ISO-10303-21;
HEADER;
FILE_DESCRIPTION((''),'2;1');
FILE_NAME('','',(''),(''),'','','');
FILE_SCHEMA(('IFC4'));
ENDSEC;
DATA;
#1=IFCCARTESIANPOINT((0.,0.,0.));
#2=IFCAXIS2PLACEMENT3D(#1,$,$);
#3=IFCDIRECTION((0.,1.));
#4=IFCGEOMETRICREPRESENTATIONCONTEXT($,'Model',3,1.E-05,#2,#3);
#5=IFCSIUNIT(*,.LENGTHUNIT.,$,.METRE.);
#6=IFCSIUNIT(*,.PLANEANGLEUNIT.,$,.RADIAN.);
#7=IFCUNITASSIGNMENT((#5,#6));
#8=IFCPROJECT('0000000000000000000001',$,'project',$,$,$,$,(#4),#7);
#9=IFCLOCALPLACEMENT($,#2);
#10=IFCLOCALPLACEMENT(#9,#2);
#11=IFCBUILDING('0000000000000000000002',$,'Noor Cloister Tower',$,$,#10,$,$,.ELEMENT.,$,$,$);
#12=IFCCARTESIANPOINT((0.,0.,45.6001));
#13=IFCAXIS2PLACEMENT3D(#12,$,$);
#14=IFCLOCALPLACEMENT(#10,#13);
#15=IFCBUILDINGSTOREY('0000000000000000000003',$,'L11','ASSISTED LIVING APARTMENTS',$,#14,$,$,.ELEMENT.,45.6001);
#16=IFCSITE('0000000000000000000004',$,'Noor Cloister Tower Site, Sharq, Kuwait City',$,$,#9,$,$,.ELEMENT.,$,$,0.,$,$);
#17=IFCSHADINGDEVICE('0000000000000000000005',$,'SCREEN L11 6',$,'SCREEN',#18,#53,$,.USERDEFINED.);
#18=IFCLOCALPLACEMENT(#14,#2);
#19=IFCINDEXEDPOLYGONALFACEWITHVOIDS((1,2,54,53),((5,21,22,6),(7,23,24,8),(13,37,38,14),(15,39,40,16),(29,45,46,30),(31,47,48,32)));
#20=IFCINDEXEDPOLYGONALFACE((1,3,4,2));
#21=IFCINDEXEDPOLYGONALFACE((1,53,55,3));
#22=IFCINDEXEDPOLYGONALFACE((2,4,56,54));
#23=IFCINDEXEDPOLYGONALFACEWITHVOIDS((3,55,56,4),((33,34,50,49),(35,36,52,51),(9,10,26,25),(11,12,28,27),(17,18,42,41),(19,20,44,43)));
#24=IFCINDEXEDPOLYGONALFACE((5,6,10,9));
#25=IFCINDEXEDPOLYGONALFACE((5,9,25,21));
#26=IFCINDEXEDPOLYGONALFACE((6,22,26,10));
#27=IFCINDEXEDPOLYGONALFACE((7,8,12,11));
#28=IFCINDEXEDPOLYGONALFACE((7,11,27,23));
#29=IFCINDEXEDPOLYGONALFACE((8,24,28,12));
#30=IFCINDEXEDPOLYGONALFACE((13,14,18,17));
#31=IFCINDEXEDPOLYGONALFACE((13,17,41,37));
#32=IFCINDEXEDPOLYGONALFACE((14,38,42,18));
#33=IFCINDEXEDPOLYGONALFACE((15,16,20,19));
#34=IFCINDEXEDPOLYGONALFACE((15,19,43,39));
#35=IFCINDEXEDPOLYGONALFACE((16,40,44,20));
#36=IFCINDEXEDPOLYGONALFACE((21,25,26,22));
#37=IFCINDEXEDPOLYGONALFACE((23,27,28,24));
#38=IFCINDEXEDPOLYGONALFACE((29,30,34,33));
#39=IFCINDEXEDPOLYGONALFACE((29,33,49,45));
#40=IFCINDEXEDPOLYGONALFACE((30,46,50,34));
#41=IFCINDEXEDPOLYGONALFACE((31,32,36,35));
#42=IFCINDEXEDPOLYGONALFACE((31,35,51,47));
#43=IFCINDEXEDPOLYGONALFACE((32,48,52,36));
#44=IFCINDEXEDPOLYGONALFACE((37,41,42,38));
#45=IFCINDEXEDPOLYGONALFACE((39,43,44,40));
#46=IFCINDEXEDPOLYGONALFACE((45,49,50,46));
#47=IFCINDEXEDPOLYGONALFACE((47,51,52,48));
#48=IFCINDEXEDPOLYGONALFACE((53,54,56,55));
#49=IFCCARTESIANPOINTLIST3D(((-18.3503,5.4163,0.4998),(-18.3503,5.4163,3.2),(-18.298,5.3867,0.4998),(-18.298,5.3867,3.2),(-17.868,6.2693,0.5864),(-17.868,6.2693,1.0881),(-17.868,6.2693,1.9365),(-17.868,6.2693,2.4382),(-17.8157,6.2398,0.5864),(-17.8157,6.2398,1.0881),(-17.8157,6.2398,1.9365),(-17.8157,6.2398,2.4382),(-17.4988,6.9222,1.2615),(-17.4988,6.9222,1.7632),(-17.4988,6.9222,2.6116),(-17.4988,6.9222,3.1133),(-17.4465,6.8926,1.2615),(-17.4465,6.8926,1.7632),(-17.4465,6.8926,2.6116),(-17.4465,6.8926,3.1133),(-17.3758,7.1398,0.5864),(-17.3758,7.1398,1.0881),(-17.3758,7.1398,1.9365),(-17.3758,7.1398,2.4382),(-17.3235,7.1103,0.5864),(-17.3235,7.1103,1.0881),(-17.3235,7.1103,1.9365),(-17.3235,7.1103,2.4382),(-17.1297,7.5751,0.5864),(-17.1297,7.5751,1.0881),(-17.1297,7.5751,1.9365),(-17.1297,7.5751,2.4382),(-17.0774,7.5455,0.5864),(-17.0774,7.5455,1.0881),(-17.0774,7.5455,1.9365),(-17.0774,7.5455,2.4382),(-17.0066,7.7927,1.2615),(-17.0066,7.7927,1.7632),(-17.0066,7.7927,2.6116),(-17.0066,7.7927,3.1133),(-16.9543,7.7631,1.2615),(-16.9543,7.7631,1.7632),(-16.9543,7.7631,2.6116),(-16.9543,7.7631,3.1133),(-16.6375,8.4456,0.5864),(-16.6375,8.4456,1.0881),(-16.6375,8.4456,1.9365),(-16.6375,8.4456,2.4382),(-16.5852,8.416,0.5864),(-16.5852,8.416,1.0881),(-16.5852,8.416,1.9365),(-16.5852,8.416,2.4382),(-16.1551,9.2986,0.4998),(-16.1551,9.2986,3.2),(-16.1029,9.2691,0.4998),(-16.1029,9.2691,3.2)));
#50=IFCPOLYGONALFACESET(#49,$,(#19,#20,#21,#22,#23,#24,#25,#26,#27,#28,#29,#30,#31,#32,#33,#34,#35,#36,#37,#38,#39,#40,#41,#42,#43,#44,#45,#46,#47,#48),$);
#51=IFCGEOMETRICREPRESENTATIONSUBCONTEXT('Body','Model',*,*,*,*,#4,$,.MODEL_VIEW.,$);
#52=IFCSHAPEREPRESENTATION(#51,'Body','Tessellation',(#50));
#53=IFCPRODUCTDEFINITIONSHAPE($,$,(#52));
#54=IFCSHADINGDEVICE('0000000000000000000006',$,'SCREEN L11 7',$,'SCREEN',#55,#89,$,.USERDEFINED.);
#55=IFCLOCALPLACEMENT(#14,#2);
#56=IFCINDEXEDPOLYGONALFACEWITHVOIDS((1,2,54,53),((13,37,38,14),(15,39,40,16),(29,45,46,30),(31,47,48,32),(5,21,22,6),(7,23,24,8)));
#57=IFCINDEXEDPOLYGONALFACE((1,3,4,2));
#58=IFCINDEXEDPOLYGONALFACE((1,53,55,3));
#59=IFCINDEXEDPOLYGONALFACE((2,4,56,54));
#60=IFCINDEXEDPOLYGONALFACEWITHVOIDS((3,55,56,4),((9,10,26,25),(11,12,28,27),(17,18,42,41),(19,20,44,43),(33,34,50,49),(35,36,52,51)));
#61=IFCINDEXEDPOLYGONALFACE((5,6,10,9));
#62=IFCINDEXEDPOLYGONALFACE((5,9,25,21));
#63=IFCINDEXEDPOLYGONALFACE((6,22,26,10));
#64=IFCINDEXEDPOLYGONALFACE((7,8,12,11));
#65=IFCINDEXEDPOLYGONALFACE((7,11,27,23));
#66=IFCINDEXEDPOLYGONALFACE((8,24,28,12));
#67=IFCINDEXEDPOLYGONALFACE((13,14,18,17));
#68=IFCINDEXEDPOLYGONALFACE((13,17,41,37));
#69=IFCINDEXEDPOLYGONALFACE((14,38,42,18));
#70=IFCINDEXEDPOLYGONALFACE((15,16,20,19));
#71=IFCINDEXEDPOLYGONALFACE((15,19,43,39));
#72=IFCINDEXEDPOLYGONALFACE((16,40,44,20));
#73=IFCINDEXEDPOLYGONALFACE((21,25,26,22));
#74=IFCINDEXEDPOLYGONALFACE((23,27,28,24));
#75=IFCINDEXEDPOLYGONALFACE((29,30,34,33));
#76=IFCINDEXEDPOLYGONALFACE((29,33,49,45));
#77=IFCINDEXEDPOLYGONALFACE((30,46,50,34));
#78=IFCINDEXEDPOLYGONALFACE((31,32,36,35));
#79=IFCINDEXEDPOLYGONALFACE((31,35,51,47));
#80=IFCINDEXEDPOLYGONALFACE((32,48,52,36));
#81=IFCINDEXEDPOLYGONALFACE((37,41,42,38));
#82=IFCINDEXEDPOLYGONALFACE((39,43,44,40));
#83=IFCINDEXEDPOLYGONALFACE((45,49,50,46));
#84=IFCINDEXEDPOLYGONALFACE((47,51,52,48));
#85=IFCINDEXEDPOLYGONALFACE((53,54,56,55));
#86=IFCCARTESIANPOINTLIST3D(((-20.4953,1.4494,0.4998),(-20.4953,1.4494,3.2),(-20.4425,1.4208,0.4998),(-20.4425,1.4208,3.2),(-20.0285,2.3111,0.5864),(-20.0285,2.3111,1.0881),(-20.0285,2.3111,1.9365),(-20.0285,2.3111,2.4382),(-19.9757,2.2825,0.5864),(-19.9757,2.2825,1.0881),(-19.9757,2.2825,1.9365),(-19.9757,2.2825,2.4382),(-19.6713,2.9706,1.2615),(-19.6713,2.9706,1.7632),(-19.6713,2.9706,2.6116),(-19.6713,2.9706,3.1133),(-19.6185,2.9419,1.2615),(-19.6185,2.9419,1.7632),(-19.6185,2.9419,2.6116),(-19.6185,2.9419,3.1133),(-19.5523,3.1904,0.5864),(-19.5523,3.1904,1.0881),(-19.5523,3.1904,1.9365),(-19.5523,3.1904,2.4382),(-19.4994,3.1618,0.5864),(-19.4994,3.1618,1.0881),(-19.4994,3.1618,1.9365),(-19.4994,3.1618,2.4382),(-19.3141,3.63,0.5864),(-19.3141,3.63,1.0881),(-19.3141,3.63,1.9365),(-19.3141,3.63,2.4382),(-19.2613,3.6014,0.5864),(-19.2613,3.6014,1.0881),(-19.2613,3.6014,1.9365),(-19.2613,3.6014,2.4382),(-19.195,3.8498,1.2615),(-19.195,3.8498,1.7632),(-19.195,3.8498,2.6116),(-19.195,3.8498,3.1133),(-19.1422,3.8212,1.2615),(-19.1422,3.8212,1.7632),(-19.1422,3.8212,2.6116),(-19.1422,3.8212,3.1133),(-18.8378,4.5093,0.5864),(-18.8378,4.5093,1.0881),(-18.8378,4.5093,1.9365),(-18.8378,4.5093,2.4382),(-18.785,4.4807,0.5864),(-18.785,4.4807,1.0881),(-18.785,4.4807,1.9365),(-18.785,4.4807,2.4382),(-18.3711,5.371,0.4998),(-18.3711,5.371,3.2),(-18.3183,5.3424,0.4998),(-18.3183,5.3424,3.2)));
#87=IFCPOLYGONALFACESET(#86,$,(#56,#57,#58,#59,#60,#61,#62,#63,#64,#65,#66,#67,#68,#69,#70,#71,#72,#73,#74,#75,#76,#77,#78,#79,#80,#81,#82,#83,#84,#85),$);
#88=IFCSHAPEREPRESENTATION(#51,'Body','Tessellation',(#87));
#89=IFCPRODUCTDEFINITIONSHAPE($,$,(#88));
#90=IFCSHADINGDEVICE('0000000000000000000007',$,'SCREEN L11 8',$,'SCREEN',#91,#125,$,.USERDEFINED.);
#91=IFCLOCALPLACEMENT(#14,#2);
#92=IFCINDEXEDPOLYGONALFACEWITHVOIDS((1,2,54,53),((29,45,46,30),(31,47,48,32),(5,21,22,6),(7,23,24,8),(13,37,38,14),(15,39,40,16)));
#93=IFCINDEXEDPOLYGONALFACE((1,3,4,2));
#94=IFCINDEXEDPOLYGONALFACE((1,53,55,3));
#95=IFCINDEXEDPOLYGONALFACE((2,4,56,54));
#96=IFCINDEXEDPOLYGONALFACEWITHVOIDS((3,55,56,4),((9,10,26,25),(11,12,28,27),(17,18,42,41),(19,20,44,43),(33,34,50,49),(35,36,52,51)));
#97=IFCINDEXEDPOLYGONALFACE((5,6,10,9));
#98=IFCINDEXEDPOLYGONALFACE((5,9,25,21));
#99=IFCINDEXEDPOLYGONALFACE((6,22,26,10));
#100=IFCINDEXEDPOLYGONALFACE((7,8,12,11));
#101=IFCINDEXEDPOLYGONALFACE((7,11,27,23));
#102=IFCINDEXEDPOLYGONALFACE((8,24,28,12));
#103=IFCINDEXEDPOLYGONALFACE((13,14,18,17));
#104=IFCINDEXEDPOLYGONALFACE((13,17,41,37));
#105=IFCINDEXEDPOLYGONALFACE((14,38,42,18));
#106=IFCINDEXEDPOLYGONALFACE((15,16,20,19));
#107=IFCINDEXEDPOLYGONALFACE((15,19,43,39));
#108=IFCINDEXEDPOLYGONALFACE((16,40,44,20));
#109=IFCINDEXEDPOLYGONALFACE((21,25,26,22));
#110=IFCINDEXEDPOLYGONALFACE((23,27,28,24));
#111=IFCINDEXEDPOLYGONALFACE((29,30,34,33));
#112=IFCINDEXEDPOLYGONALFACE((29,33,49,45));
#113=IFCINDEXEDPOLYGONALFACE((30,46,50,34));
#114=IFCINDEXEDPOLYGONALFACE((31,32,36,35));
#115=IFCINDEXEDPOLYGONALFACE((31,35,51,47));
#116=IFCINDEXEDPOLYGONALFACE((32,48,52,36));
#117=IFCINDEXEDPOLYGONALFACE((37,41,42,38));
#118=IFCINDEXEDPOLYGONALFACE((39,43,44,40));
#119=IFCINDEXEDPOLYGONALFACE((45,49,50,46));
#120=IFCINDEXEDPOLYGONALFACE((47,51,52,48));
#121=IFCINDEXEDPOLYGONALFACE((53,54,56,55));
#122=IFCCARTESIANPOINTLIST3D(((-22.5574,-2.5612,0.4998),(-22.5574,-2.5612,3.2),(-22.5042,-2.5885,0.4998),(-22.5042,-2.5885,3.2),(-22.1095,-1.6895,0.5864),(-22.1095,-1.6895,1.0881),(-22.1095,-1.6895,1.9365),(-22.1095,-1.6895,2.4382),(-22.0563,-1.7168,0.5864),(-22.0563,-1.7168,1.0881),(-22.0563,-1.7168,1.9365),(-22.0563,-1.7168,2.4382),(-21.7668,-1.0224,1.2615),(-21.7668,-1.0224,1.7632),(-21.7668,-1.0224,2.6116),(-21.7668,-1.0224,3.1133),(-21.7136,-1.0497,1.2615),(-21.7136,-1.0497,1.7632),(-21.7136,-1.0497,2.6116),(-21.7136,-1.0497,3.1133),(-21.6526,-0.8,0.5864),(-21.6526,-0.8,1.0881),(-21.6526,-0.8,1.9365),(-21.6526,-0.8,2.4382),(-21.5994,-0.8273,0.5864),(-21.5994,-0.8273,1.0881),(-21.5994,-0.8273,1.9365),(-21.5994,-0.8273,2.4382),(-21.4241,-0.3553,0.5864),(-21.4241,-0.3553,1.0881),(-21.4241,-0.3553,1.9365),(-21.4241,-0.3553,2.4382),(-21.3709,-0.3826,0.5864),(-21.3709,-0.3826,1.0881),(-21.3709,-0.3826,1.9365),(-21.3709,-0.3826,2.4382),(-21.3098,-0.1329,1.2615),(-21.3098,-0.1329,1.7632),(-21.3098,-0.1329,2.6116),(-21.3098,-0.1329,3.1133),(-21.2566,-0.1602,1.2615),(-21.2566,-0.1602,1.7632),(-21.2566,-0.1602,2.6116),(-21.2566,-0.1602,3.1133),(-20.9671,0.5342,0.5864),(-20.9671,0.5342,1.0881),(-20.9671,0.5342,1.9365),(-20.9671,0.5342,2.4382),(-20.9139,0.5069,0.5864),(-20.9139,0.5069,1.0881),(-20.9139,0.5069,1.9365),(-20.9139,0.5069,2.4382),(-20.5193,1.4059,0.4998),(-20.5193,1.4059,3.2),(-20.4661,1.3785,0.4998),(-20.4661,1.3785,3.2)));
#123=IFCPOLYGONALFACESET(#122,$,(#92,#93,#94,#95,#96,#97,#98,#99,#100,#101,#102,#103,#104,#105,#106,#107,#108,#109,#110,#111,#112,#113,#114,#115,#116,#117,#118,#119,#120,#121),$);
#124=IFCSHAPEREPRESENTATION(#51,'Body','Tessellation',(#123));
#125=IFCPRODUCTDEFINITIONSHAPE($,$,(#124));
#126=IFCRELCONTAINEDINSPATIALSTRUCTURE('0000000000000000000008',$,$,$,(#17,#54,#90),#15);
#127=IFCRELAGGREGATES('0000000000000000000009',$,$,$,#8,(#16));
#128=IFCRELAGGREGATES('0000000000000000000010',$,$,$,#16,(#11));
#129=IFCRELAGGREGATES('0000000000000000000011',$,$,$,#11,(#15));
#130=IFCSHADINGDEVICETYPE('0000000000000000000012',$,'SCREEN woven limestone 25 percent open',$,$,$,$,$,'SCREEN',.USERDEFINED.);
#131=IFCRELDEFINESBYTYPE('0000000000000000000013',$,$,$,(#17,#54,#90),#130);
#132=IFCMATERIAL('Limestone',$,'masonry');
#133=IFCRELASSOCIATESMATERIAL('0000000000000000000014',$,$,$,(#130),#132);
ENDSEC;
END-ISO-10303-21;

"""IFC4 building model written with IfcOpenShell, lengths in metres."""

from ifc_helpers import new_model, si_unit, direction, frame, origin, place, context, subcontext, project, spatial, polyline, outline, extrude, material, material_profile, profile_set, type_object, element, save


model = new_model("IFC4")

# Units and contexts
model_context = context("Model", 3, precision=1e-05, world=origin(), true_north=direction((0.0, 1.0)))
body_context = subcontext(model_context, "Body", "Model", "MODEL_VIEW")
ifc_project = project(units=[si_unit("LENGTHUNIT", "METRE"), si_unit("PLANEANGLEUNIT", "RADIAN")], contexts=[model_context])

# Site, building, storey
site_placement = place(None, origin())
site = spatial("IfcSite", under=ifc_project, at=site_placement, Name="Noor Cloister Tower Site, Sharq, Kuwait City", CompositionType="ELEMENT", RefElevation=0.0)
building_placement = place(site_placement, origin())
building = spatial("IfcBuilding", under=site, at=building_placement, Name="Noor Cloister Tower", CompositionType="ELEMENT")
storey_placement = place(building_placement, frame((0.0, 0.0, 45.6001)))
storey = spatial("IfcBuildingStorey", under=building, at=storey_placement, Name="L11", Description="ASSISTED LIVING APARTMENTS", CompositionType="ELEMENT", Elevation=45.6001)

# Shading devices
ifc_material_1 = material(Name="Limestone", Category="masonry")
ifc_material_profile_1 = material_profile(ifc_material_1, outline(polyline([(-2.23, -1.3501), (2.23, -1.3501), (2.23, 1.3501), (-2.23, 1.3501), (-2.23, -1.3501)]), holes=[polyline([(-1.25, -1.2634), (-0.25, -1.2634), (-0.25, -0.7617), (-1.25, -0.7617), (-1.25, -1.2634)]), polyline([(0.25, -1.2634), (1.25, -1.2634), (1.25, -0.7617), (0.25, -0.7617), (0.25, -1.2634)]), polyline([(-0.5, -0.5884), (0.5, -0.5884), (0.5, -0.0867), (-0.5, -0.0867), (-0.5, -0.5884)]), polyline([(-1.25, 0.0867), (-0.25, 0.0867), (-0.25, 0.5884), (-1.25, 0.5884), (-1.25, 0.0867)]), polyline([(0.25, 0.0867), (1.25, 0.0867), (1.25, 0.5884), (0.25, 0.5884), (0.25, 0.0867)]), polyline([(-0.5, 0.7617), (0.5, 0.7617), (0.5, 1.2634), (-0.5, 1.2634), (-0.5, 0.7617)])]), Name="Woven screen 25 percent open")
ifc_profile_set_1 = profile_set([ifc_material_profile_1], Name="Limestone")
shading_device_type = type_object("IfcShadingDeviceType", Name="SCREEN woven limestone 25 percent open", ElementType="SCREEN", PredefinedType="USERDEFINED", material=ifc_profile_set_1)
for number, where, z_axis, x_axis, name in (
    (1, (-17.2004, 7.3279, 1.8499), (-0.870487, 0.492191, 0.0), (-0.492191, -0.870487, 0.0), "SCREEN L11 6"),
    (2, (-19.3804, 3.3816, 1.8499), (-0.879292, 0.476283, 0.0), (-0.476283, -0.879292, 0.0), "SCREEN L11 7"),
):
    element("IfcShadingDevice", number, at=place(storey_placement, frame(where, z_axis=z_axis, x_axis=x_axis)), inside=storey, type_object=shading_device_type, Name=name, ObjectType="SCREEN", PredefinedType="USERDEFINED", context=body_context, shape_type="SweptSolid", body=[
        extrude(outline(polyline([(-2.23, -1.3501), (2.23, -1.3501), (2.23, 1.3501), (-2.23, 1.3501), (-2.23, -1.3501)]), holes=[polyline([(-1.25, -1.2634), (-0.25, -1.2634), (-0.25, -0.7617), (-1.25, -0.7617), (-1.25, -1.2634)]), polyline([(0.25, -1.2634), (1.25, -1.2634), (1.25, -0.7617), (0.25, -0.7617), (0.25, -1.2634)]), polyline([(-0.5, -0.5884), (0.5, -0.5884), (0.5, -0.0867), (-0.5, -0.0867), (-0.5, -0.5884)]), polyline([(-1.25, 0.0867), (-0.25, 0.0867), (-0.25, 0.5884), (-1.25, 0.5884), (-1.25, 0.0867)]), polyline([(0.25, 0.0867), (1.25, 0.0867), (1.25, 0.5884), (0.25, 0.5884), (0.25, 0.0867)]), polyline([(-0.5, 0.7617), (0.5, 0.7617), (0.5, 1.2634), (-0.5, 1.2634), (-0.5, 0.7617)])]), origin(), (0.0, 0.0, 1.0), 0.0601),
    ])
shading_device_placement = place(storey_placement, frame((-21.4851, -0.605, 1.8499), z_axis=(-0.889477, 0.456979, 0.0), x_axis=(-0.456979, -0.889477, 0.0)))
element("IfcShadingDevice", 3, at=shading_device_placement, inside=storey, type_object=shading_device_type, Name="SCREEN L11 8", ObjectType="SCREEN", PredefinedType="USERDEFINED", context=body_context, shape_type="SweptSolid", body=[
    extrude(outline(polyline([(-2.23, -1.3501), (2.23, -1.3501), (2.23, 1.3501), (-2.23, 1.3501), (-2.23, -1.3501)]), holes=[polyline([(-1.25, -1.2634), (-0.25, -1.2634), (-0.25, -0.7617), (-1.25, -0.7617), (-1.25, -1.2634)]), polyline([(0.25, -1.2634), (1.25, -1.2634), (1.25, -0.7617), (0.25, -0.7617), (0.25, -1.2634)]), polyline([(-0.5, -0.5884), (0.5, -0.5884), (0.5, -0.0867), (-0.5, -0.0867), (-0.5, -0.5884)]), polyline([(-1.25, 0.0867), (-0.25, 0.0867), (-0.25, 0.5884), (-1.25, 0.5884), (-1.25, 0.0867)]), polyline([(0.25, 0.0867), (1.25, 0.0867), (1.25, 0.5884), (0.25, 0.5884), (0.25, 0.0867)]), polyline([(-0.5, 0.7617), (0.5, 0.7617), (0.5, 1.2634), (-0.5, 1.2634), (-0.5, 0.7617)])]), origin(), (0.0, 0.0, 1.0), 0.0598),
])

save(model, "model.ifc")
